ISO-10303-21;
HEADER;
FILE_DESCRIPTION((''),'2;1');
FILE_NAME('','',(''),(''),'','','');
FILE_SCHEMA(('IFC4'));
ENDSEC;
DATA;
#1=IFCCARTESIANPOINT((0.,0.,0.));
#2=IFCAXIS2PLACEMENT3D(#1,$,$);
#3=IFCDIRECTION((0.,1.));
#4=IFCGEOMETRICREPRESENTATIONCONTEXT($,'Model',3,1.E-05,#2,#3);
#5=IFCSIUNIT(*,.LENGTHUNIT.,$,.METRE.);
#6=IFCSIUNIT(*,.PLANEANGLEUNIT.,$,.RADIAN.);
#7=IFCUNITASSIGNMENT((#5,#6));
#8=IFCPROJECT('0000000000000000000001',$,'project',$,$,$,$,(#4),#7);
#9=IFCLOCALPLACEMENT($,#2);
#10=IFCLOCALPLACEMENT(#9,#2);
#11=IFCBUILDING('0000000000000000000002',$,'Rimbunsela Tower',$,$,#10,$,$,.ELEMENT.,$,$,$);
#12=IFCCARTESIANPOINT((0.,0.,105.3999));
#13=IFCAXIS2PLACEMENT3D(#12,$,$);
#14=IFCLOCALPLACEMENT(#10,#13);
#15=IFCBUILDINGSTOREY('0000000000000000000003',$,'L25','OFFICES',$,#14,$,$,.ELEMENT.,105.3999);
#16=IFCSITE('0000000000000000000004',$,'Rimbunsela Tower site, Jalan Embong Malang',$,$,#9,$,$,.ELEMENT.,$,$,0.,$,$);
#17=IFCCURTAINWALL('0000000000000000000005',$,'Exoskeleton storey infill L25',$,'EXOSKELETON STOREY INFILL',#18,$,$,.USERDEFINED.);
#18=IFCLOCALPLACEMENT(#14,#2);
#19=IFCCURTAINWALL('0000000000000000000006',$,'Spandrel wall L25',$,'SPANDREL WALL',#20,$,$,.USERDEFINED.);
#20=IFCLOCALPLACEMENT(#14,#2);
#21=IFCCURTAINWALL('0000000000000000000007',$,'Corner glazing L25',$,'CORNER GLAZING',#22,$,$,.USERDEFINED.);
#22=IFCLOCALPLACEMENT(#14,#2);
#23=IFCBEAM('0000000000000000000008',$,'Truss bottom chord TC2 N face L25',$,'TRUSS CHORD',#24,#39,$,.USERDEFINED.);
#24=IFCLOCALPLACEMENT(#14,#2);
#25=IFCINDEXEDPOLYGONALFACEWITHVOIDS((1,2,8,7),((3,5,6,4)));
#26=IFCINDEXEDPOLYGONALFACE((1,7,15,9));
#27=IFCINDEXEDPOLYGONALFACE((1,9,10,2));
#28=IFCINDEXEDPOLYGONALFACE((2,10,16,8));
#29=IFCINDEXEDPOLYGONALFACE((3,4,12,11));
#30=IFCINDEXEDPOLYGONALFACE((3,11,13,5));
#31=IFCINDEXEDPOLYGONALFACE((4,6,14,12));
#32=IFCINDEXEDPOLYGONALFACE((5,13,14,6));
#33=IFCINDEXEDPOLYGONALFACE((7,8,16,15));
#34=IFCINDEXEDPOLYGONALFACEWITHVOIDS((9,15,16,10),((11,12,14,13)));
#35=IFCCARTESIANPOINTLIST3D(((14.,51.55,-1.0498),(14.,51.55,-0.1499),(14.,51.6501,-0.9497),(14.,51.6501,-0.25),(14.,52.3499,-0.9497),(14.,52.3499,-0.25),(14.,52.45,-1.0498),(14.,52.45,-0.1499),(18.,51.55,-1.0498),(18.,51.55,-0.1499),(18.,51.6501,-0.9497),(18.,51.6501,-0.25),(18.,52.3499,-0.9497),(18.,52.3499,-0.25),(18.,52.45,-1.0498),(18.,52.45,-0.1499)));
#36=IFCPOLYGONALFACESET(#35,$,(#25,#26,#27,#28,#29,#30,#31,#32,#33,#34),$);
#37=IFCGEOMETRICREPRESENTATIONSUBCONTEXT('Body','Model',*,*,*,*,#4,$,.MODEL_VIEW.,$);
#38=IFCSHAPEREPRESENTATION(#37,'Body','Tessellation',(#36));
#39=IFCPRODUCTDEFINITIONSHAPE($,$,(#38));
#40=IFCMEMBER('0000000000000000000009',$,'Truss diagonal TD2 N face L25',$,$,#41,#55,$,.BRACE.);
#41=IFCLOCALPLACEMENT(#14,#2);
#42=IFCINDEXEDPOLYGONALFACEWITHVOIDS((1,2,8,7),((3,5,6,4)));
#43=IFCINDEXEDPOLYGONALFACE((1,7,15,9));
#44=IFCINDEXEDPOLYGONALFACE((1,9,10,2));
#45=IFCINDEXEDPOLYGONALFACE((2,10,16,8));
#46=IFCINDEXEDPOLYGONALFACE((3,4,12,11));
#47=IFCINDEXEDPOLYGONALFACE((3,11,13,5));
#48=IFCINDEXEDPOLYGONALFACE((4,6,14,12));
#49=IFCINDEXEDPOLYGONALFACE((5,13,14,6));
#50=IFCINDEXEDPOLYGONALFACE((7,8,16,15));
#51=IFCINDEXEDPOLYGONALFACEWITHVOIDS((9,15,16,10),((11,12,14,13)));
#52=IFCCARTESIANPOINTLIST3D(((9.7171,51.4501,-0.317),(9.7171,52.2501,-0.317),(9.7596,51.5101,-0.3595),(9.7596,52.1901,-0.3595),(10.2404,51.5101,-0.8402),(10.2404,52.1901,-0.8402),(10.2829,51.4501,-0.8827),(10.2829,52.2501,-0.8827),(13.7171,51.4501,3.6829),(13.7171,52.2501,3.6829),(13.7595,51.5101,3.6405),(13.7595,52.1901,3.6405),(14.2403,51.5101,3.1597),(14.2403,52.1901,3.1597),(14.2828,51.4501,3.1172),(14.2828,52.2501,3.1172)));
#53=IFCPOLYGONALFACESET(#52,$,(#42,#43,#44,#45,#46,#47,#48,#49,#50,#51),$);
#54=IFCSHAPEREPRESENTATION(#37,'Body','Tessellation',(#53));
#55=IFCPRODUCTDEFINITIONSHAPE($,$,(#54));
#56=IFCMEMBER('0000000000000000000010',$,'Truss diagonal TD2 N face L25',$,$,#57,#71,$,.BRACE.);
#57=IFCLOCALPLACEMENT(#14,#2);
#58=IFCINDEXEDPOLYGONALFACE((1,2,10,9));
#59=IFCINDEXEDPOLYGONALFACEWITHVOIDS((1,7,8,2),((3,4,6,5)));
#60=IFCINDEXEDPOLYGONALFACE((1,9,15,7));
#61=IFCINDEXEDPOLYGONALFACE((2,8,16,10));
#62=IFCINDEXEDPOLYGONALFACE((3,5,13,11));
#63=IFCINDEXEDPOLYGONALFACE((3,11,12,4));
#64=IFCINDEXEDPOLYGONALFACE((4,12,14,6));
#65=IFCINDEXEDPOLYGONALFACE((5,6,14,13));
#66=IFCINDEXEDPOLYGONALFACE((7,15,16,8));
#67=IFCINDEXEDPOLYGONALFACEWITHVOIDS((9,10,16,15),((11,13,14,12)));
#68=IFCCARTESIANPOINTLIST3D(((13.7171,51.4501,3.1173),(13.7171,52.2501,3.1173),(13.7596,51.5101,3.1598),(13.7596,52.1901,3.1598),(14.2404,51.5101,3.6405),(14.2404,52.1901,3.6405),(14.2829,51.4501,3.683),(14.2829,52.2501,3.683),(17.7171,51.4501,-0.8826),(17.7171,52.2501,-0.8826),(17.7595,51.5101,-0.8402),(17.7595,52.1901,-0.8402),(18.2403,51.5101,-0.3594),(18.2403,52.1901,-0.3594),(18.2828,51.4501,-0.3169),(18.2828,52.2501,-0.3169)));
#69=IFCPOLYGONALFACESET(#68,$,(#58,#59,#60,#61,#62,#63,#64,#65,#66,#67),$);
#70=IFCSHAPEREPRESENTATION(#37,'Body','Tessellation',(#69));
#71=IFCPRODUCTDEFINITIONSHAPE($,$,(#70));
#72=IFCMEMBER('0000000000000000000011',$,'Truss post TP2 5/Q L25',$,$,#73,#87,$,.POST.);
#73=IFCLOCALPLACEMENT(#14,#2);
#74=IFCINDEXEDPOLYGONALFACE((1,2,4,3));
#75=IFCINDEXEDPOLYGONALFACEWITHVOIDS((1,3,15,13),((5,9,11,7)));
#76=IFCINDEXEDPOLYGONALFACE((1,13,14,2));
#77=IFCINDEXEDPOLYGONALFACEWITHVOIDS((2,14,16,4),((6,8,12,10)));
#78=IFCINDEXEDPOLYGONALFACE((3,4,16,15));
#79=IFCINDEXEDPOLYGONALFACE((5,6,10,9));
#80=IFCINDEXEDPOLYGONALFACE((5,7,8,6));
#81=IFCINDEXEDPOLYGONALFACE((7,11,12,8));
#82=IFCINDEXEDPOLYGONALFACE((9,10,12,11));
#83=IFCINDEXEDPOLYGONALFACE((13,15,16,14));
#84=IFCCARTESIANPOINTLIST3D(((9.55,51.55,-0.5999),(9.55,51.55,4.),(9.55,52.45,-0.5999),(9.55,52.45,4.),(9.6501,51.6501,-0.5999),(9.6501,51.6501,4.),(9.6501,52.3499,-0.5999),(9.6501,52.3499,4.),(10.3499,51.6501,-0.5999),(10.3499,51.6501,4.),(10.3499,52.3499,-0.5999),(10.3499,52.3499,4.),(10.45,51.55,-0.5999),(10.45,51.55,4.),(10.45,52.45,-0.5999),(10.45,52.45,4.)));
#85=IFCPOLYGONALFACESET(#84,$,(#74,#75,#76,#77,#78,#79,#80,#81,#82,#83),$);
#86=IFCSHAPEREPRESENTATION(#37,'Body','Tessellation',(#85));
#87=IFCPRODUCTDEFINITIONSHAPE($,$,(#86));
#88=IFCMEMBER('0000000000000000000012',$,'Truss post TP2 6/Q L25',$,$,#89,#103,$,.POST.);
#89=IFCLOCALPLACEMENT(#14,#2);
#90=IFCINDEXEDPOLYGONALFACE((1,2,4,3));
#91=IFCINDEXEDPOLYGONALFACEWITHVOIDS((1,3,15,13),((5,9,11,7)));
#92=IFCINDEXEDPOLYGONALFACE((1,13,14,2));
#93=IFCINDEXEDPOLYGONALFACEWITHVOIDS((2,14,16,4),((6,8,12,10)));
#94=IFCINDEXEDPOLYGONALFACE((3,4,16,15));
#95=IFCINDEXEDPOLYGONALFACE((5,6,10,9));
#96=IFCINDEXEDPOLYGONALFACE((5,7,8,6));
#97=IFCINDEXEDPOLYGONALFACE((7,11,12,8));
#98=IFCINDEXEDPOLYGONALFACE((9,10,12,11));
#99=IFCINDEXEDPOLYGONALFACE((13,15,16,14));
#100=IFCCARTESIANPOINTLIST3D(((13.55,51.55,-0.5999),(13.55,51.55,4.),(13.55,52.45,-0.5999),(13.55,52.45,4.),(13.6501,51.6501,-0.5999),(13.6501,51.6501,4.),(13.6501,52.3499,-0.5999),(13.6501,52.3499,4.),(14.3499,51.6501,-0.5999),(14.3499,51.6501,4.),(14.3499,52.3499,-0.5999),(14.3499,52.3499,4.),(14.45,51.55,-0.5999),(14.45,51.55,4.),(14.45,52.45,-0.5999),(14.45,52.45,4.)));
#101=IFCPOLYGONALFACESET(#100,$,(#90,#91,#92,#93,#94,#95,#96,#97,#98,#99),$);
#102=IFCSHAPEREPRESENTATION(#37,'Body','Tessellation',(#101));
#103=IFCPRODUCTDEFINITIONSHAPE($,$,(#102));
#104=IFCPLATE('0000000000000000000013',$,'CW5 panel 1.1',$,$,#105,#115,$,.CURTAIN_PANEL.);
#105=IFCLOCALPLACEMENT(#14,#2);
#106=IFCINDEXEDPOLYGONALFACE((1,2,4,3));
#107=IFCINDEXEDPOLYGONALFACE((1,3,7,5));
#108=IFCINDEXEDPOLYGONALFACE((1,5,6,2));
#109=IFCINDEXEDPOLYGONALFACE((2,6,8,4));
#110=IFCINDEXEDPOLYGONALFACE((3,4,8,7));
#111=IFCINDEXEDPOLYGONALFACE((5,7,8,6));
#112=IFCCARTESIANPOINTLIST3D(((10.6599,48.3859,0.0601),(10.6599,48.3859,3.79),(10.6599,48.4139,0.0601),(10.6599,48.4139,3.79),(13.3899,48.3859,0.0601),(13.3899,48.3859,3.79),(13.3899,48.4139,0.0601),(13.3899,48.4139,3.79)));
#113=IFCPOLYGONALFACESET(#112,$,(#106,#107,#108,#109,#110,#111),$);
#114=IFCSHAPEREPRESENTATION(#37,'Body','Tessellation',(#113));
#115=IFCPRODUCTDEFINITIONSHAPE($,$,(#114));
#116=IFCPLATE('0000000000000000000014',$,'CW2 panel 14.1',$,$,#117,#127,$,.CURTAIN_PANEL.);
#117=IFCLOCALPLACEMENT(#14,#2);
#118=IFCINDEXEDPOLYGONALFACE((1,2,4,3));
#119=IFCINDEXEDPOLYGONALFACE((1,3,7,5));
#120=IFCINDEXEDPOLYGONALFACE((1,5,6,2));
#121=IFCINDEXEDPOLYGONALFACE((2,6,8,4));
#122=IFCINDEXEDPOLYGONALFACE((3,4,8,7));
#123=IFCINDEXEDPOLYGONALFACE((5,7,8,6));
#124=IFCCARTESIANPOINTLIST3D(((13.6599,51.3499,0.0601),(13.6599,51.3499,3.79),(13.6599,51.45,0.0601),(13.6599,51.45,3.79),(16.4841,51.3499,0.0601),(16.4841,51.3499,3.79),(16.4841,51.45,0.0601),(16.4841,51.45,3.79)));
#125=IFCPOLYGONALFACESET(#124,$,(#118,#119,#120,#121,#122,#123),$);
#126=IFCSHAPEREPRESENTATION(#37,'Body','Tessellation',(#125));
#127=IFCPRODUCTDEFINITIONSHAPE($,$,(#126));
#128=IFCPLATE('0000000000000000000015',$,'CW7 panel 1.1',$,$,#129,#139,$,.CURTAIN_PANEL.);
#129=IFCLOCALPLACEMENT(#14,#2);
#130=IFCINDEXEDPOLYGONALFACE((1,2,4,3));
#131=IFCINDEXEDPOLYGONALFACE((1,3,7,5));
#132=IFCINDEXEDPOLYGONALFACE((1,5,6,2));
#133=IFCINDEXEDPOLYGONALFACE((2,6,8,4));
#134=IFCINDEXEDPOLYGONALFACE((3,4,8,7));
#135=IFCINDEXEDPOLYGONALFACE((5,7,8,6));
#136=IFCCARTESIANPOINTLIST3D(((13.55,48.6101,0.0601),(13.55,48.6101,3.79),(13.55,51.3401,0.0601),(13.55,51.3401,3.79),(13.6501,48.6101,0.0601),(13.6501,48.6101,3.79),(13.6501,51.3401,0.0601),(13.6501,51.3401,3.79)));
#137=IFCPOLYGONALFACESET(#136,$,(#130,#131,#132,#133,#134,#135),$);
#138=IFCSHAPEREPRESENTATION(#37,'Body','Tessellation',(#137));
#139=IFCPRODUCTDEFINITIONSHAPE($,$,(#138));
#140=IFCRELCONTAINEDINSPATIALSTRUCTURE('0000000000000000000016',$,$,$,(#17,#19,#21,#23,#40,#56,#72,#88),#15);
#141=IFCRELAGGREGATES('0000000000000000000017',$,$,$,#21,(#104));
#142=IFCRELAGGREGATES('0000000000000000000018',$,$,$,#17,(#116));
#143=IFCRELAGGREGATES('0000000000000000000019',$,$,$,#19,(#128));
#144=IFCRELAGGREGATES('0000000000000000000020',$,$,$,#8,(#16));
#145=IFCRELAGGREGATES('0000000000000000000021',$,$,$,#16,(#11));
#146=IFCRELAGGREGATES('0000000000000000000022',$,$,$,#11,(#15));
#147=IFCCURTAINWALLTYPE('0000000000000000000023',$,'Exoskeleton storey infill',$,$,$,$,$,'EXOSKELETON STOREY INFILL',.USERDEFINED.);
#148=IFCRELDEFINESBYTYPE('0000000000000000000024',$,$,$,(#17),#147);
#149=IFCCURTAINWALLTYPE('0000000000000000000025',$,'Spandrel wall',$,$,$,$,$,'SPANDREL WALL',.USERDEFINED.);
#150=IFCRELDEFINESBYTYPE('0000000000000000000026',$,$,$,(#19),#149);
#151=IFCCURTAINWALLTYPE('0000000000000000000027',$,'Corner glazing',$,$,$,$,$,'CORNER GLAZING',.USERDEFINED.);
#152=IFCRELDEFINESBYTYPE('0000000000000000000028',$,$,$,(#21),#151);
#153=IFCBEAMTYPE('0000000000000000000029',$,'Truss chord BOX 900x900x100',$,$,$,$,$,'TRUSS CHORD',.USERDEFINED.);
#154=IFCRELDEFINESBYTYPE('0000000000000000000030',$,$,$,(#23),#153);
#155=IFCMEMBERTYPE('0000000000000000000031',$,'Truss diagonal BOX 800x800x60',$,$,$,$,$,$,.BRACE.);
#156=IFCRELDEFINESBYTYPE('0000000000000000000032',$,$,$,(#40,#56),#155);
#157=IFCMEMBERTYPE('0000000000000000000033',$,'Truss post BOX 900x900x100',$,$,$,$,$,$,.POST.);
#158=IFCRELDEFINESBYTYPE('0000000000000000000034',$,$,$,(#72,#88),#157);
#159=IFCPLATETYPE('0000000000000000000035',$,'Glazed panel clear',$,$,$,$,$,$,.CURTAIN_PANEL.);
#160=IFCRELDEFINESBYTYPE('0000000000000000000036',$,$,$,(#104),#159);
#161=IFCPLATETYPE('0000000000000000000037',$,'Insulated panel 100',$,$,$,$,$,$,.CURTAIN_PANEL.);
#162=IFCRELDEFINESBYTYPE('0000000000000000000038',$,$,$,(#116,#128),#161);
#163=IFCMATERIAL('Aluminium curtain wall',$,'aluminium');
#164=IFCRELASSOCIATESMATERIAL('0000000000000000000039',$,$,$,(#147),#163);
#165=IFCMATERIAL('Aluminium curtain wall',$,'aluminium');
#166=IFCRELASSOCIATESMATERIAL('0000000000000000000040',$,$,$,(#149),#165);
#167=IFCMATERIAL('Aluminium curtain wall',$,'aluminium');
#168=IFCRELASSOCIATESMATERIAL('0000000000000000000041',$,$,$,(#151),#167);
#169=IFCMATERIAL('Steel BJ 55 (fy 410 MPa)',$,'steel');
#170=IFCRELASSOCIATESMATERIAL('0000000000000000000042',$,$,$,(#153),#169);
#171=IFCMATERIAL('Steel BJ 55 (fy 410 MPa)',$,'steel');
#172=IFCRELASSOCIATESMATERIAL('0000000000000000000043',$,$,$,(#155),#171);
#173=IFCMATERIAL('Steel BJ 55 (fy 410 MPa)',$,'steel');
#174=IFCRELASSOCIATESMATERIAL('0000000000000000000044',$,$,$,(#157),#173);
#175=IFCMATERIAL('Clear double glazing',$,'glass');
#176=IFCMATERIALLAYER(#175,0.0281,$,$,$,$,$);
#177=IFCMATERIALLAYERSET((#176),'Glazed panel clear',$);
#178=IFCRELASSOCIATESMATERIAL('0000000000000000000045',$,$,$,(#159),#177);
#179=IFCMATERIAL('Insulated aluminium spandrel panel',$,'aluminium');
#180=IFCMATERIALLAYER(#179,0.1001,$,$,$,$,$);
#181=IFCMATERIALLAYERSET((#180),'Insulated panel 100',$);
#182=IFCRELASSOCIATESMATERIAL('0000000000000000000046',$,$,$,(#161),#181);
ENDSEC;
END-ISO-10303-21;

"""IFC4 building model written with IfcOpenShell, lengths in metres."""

from ifc_helpers import new_model, si_unit, direction, frame, origin, origin_2d, place, context, subcontext, project, spatial, rectangle, hollow_rectangle, extrude, material, layer, layer_set, material_profile, profile_set, type_object, element, aggregate, save


model = new_model("IFC4")

# Units and contexts
model_context = context("Model", 3, precision=1e-05, world=origin(), true_north=direction((0.0, 1.0)))
body_context = subcontext(model_context, "Body", "Model", "MODEL_VIEW")
ifc_project = project(units=[si_unit("LENGTHUNIT", "METRE"), si_unit("PLANEANGLEUNIT", "RADIAN")], contexts=[model_context])

# Site, building, storey
site_placement = place(None, origin())
site = spatial("IfcSite", under=ifc_project, at=site_placement, Name="Rimbunsela Tower site, Jalan Embong Malang", CompositionType="ELEMENT", RefElevation=0.0)
building_placement = place(site_placement, origin())
building = spatial("IfcBuilding", under=site, at=building_placement, Name="Rimbunsela Tower", CompositionType="ELEMENT")
storey_placement = place(building_placement, frame((0.0, 0.0, 105.3999)))
storey = spatial("IfcBuildingStorey", under=building, at=storey_placement, Name="L25", Description="OFFICES", CompositionType="ELEMENT", Elevation=105.3999)

# Curtain wall
ifc_material_1 = material(Name="Aluminium curtain wall", Category="aluminium")
curtain_wall_type_1 = type_object("IfcCurtainWallType", Name="Exoskeleton storey infill", ElementType="EXOSKELETON STOREY INFILL", PredefinedType="USERDEFINED", material=ifc_material_1)
curtain_wall_1_placement = place(storey_placement, origin())
curtain_wall_1 = element("IfcCurtainWall", 1, at=curtain_wall_1_placement, inside=storey, type_object=curtain_wall_type_1, Name="Exoskeleton storey infill L25", ObjectType="EXOSKELETON STOREY INFILL", PredefinedType="USERDEFINED")

# Curtain walls
ifc_material_2 = material(Name="Aluminium curtain wall", Category="aluminium")
curtain_wall_type_2 = type_object("IfcCurtainWallType", Name="Spandrel wall", ElementType="SPANDREL WALL", PredefinedType="USERDEFINED", material=ifc_material_2)
curtain_wall_2_placement = place(storey_placement, origin())
curtain_wall_2 = element("IfcCurtainWall", 2, at=curtain_wall_2_placement, inside=storey, type_object=curtain_wall_type_2, Name="Spandrel wall L25", ObjectType="SPANDREL WALL", PredefinedType="USERDEFINED")
ifc_material_3 = material(Name="Aluminium curtain wall", Category="aluminium")
curtain_wall_type_3 = type_object("IfcCurtainWallType", Name="Corner glazing", ElementType="CORNER GLAZING", PredefinedType="USERDEFINED", material=ifc_material_3)
curtain_wall_3_placement = place(storey_placement, origin())
curtain_wall_3 = element("IfcCurtainWall", 3, at=curtain_wall_3_placement, inside=storey, type_object=curtain_wall_type_3, Name="Corner glazing L25", ObjectType="CORNER GLAZING", PredefinedType="USERDEFINED")

# Beam
ifc_material_4 = material(Name="Steel BJ 55 (fy 410 MPa)", Category="steel")
ifc_material_profile_1 = material_profile(ifc_material_4, hollow_rectangle(XDim=0.8999, YDim=0.8999, WallThickness=0.1001, at=origin_2d()), Name="BOX 900x900x100")
ifc_profile_set_1 = profile_set([ifc_material_profile_1], Name="Steel BJ 55 (fy 410 MPa)")
beam_type = type_object("IfcBeamType", Name="Truss chord BOX 900x900x100", ElementType="TRUSS CHORD", PredefinedType="USERDEFINED", material=ifc_profile_set_1)
for number, where, z_axis, x_axis, name in (
    (4, (14.0, 52.0, -0.5999), (1.0, 0.0, 0.0), (0.0, 1.0, 0.0), "Truss bottom chord TC2 N face L25"),
):
    element("IfcBeam", number, at=place(storey_placement, frame(where, z_axis=z_axis, x_axis=x_axis)), inside=storey, type_object=beam_type, Name=name, ObjectType="TRUSS CHORD", PredefinedType="USERDEFINED", context=body_context, shape_type="SweptSolid", body=[
        extrude(hollow_rectangle(XDim=0.8999, YDim=0.8999, WallThickness=0.1001, at=origin_2d()), origin(), (0.0, 0.0, 1.0), 4.0),
    ])

# Members
ifc_material_5 = material(Name="Steel BJ 55 (fy 410 MPa)", Category="steel")
ifc_material_profile_2 = material_profile(ifc_material_5, hollow_rectangle(XDim=0.8, YDim=0.8, WallThickness=0.0601, at=origin_2d()), Name="BOX 800x800x60")
ifc_profile_set_2 = profile_set([ifc_material_profile_2], Name="Steel BJ 55 (fy 410 MPa)")
member_type_1 = type_object("IfcMemberType", Name="Truss diagonal BOX 800x800x60", PredefinedType="BRACE", material=ifc_profile_set_2)
for number, where, z_axis, x_axis, name in (
    (5, (10.0, 51.8501, -0.5999), (0.707107, 0.0, 0.707107), (0.0, 1.0, 0.0), "Truss diagonal TD2 N face L25"),
    (6, (14.0, 51.8501, 3.4001), (0.707107, 0.0, -0.707107), (0.0, 1.0, 0.0), "Truss diagonal TD2 N face L25"),
):
    element("IfcMember", number, at=place(storey_placement, frame(where, z_axis=z_axis, x_axis=x_axis)), inside=storey, type_object=member_type_1, Name=name, PredefinedType="BRACE", context=body_context, shape_type="SweptSolid", body=[
        extrude(hollow_rectangle(XDim=0.8, YDim=0.8, WallThickness=0.0601, at=origin_2d()), origin(), (0.0, 0.0, 1.0), 5.6567),
    ])
ifc_material_6 = material(Name="Steel BJ 55 (fy 410 MPa)", Category="steel")
ifc_material_profile_3 = material_profile(ifc_material_6, hollow_rectangle(XDim=0.8999, YDim=0.8999, WallThickness=0.1001, at=origin_2d()), Name="BOX 900x900x100")
ifc_profile_set_3 = profile_set([ifc_material_profile_3], Name="Steel BJ 55 (fy 410 MPa)")
member_type_2 = type_object("IfcMemberType", Name="Truss post BOX 900x900x100", PredefinedType="POST", material=ifc_profile_set_3)
for number, where, z_axis, x_axis, name in (
    (7, (10.0, 52.0, -0.5999), (0.0, 0.0, 1.0), (1.0, 0.0, 0.0), "Truss post TP2 5/Q L25"),
    (8, (14.0, 52.0, -0.5999), (0.0, 0.0, 1.0), (1.0, 0.0, 0.0), "Truss post TP2 6/Q L25"),
):
    element("IfcMember", number, at=place(storey_placement, frame(where, z_axis=z_axis, x_axis=x_axis)), inside=storey, type_object=member_type_2, Name=name, PredefinedType="POST", context=body_context, shape_type="SweptSolid", body=[
        extrude(hollow_rectangle(XDim=0.8999, YDim=0.8999, WallThickness=0.1001, at=origin_2d()), origin(), (0.0, 0.0, 1.0), 4.5999),
    ])

# Plates
ifc_material_7 = material(Name="Clear double glazing", Category="glass")
ifc_layer_1 = layer(ifc_material_7, 0.0281)
ifc_layer_set_1 = layer_set([ifc_layer_1], Name="Glazed panel clear")
plate_type_1 = type_object("IfcPlateType", Name="Glazed panel clear", PredefinedType="CURTAIN_PANEL", material=ifc_layer_set_1)
plate_1_placement = place(storey_placement, frame((12.0249, 48.3999, 0.0601), z_axis=(0.0, 0.0, 1.0), x_axis=(-1.0, 0.0, 0.0)))
plate_1 = element("IfcPlate", 9, at=plate_1_placement, type_object=plate_type_1, Name="CW5 panel 1.1", PredefinedType="CURTAIN_PANEL", context=body_context, shape_type="SweptSolid", body=[
    extrude(rectangle(XDim=2.73, YDim=0.0281, at=origin_2d()), origin(), (0.0, 0.0, 1.0), 3.73),
])
aggregate(curtain_wall_3, [plate_1])
ifc_material_8 = material(Name="Insulated aluminium spandrel panel", Category="aluminium")
ifc_layer_2 = layer(ifc_material_8, 0.1001)
ifc_layer_set_2 = layer_set([ifc_layer_2], Name="Insulated panel 100")
plate_type_2 = type_object("IfcPlateType", Name="Insulated panel 100", PredefinedType="CURTAIN_PANEL", material=ifc_layer_set_2)
plate_2_placement = place(storey_placement, frame((15.072, 51.3999, 0.0601), z_axis=(0.0, 0.0, 1.0), x_axis=(-1.0, 0.0, 0.0)))
plate_2 = element("IfcPlate", 10, at=plate_2_placement, type_object=plate_type_2, Name="CW2 panel 14.1", PredefinedType="CURTAIN_PANEL", context=body_context, shape_type="SweptSolid", body=[
    extrude(rectangle(XDim=2.8242, YDim=0.1001, at=origin_2d()), origin(), (0.0, 0.0, 1.0), 3.73),
])
aggregate(curtain_wall_1, [plate_2])
plate_3_placement = place(storey_placement, frame((13.6001, 49.9751, 0.0601), z_axis=(0.0, 0.0, 1.0), x_axis=(0.0, -1.0, 0.0)))
plate_3 = element("IfcPlate", 11, at=plate_3_placement, type_object=plate_type_2, Name="CW7 panel 1.1", PredefinedType="CURTAIN_PANEL", context=body_context, shape_type="SweptSolid", body=[
    extrude(rectangle(XDim=2.73, YDim=0.1001, at=origin_2d()), origin(), (0.0, 0.0, 1.0), 3.73),
])
aggregate(curtain_wall_2, [plate_3])

save(model, "model.ifc")
